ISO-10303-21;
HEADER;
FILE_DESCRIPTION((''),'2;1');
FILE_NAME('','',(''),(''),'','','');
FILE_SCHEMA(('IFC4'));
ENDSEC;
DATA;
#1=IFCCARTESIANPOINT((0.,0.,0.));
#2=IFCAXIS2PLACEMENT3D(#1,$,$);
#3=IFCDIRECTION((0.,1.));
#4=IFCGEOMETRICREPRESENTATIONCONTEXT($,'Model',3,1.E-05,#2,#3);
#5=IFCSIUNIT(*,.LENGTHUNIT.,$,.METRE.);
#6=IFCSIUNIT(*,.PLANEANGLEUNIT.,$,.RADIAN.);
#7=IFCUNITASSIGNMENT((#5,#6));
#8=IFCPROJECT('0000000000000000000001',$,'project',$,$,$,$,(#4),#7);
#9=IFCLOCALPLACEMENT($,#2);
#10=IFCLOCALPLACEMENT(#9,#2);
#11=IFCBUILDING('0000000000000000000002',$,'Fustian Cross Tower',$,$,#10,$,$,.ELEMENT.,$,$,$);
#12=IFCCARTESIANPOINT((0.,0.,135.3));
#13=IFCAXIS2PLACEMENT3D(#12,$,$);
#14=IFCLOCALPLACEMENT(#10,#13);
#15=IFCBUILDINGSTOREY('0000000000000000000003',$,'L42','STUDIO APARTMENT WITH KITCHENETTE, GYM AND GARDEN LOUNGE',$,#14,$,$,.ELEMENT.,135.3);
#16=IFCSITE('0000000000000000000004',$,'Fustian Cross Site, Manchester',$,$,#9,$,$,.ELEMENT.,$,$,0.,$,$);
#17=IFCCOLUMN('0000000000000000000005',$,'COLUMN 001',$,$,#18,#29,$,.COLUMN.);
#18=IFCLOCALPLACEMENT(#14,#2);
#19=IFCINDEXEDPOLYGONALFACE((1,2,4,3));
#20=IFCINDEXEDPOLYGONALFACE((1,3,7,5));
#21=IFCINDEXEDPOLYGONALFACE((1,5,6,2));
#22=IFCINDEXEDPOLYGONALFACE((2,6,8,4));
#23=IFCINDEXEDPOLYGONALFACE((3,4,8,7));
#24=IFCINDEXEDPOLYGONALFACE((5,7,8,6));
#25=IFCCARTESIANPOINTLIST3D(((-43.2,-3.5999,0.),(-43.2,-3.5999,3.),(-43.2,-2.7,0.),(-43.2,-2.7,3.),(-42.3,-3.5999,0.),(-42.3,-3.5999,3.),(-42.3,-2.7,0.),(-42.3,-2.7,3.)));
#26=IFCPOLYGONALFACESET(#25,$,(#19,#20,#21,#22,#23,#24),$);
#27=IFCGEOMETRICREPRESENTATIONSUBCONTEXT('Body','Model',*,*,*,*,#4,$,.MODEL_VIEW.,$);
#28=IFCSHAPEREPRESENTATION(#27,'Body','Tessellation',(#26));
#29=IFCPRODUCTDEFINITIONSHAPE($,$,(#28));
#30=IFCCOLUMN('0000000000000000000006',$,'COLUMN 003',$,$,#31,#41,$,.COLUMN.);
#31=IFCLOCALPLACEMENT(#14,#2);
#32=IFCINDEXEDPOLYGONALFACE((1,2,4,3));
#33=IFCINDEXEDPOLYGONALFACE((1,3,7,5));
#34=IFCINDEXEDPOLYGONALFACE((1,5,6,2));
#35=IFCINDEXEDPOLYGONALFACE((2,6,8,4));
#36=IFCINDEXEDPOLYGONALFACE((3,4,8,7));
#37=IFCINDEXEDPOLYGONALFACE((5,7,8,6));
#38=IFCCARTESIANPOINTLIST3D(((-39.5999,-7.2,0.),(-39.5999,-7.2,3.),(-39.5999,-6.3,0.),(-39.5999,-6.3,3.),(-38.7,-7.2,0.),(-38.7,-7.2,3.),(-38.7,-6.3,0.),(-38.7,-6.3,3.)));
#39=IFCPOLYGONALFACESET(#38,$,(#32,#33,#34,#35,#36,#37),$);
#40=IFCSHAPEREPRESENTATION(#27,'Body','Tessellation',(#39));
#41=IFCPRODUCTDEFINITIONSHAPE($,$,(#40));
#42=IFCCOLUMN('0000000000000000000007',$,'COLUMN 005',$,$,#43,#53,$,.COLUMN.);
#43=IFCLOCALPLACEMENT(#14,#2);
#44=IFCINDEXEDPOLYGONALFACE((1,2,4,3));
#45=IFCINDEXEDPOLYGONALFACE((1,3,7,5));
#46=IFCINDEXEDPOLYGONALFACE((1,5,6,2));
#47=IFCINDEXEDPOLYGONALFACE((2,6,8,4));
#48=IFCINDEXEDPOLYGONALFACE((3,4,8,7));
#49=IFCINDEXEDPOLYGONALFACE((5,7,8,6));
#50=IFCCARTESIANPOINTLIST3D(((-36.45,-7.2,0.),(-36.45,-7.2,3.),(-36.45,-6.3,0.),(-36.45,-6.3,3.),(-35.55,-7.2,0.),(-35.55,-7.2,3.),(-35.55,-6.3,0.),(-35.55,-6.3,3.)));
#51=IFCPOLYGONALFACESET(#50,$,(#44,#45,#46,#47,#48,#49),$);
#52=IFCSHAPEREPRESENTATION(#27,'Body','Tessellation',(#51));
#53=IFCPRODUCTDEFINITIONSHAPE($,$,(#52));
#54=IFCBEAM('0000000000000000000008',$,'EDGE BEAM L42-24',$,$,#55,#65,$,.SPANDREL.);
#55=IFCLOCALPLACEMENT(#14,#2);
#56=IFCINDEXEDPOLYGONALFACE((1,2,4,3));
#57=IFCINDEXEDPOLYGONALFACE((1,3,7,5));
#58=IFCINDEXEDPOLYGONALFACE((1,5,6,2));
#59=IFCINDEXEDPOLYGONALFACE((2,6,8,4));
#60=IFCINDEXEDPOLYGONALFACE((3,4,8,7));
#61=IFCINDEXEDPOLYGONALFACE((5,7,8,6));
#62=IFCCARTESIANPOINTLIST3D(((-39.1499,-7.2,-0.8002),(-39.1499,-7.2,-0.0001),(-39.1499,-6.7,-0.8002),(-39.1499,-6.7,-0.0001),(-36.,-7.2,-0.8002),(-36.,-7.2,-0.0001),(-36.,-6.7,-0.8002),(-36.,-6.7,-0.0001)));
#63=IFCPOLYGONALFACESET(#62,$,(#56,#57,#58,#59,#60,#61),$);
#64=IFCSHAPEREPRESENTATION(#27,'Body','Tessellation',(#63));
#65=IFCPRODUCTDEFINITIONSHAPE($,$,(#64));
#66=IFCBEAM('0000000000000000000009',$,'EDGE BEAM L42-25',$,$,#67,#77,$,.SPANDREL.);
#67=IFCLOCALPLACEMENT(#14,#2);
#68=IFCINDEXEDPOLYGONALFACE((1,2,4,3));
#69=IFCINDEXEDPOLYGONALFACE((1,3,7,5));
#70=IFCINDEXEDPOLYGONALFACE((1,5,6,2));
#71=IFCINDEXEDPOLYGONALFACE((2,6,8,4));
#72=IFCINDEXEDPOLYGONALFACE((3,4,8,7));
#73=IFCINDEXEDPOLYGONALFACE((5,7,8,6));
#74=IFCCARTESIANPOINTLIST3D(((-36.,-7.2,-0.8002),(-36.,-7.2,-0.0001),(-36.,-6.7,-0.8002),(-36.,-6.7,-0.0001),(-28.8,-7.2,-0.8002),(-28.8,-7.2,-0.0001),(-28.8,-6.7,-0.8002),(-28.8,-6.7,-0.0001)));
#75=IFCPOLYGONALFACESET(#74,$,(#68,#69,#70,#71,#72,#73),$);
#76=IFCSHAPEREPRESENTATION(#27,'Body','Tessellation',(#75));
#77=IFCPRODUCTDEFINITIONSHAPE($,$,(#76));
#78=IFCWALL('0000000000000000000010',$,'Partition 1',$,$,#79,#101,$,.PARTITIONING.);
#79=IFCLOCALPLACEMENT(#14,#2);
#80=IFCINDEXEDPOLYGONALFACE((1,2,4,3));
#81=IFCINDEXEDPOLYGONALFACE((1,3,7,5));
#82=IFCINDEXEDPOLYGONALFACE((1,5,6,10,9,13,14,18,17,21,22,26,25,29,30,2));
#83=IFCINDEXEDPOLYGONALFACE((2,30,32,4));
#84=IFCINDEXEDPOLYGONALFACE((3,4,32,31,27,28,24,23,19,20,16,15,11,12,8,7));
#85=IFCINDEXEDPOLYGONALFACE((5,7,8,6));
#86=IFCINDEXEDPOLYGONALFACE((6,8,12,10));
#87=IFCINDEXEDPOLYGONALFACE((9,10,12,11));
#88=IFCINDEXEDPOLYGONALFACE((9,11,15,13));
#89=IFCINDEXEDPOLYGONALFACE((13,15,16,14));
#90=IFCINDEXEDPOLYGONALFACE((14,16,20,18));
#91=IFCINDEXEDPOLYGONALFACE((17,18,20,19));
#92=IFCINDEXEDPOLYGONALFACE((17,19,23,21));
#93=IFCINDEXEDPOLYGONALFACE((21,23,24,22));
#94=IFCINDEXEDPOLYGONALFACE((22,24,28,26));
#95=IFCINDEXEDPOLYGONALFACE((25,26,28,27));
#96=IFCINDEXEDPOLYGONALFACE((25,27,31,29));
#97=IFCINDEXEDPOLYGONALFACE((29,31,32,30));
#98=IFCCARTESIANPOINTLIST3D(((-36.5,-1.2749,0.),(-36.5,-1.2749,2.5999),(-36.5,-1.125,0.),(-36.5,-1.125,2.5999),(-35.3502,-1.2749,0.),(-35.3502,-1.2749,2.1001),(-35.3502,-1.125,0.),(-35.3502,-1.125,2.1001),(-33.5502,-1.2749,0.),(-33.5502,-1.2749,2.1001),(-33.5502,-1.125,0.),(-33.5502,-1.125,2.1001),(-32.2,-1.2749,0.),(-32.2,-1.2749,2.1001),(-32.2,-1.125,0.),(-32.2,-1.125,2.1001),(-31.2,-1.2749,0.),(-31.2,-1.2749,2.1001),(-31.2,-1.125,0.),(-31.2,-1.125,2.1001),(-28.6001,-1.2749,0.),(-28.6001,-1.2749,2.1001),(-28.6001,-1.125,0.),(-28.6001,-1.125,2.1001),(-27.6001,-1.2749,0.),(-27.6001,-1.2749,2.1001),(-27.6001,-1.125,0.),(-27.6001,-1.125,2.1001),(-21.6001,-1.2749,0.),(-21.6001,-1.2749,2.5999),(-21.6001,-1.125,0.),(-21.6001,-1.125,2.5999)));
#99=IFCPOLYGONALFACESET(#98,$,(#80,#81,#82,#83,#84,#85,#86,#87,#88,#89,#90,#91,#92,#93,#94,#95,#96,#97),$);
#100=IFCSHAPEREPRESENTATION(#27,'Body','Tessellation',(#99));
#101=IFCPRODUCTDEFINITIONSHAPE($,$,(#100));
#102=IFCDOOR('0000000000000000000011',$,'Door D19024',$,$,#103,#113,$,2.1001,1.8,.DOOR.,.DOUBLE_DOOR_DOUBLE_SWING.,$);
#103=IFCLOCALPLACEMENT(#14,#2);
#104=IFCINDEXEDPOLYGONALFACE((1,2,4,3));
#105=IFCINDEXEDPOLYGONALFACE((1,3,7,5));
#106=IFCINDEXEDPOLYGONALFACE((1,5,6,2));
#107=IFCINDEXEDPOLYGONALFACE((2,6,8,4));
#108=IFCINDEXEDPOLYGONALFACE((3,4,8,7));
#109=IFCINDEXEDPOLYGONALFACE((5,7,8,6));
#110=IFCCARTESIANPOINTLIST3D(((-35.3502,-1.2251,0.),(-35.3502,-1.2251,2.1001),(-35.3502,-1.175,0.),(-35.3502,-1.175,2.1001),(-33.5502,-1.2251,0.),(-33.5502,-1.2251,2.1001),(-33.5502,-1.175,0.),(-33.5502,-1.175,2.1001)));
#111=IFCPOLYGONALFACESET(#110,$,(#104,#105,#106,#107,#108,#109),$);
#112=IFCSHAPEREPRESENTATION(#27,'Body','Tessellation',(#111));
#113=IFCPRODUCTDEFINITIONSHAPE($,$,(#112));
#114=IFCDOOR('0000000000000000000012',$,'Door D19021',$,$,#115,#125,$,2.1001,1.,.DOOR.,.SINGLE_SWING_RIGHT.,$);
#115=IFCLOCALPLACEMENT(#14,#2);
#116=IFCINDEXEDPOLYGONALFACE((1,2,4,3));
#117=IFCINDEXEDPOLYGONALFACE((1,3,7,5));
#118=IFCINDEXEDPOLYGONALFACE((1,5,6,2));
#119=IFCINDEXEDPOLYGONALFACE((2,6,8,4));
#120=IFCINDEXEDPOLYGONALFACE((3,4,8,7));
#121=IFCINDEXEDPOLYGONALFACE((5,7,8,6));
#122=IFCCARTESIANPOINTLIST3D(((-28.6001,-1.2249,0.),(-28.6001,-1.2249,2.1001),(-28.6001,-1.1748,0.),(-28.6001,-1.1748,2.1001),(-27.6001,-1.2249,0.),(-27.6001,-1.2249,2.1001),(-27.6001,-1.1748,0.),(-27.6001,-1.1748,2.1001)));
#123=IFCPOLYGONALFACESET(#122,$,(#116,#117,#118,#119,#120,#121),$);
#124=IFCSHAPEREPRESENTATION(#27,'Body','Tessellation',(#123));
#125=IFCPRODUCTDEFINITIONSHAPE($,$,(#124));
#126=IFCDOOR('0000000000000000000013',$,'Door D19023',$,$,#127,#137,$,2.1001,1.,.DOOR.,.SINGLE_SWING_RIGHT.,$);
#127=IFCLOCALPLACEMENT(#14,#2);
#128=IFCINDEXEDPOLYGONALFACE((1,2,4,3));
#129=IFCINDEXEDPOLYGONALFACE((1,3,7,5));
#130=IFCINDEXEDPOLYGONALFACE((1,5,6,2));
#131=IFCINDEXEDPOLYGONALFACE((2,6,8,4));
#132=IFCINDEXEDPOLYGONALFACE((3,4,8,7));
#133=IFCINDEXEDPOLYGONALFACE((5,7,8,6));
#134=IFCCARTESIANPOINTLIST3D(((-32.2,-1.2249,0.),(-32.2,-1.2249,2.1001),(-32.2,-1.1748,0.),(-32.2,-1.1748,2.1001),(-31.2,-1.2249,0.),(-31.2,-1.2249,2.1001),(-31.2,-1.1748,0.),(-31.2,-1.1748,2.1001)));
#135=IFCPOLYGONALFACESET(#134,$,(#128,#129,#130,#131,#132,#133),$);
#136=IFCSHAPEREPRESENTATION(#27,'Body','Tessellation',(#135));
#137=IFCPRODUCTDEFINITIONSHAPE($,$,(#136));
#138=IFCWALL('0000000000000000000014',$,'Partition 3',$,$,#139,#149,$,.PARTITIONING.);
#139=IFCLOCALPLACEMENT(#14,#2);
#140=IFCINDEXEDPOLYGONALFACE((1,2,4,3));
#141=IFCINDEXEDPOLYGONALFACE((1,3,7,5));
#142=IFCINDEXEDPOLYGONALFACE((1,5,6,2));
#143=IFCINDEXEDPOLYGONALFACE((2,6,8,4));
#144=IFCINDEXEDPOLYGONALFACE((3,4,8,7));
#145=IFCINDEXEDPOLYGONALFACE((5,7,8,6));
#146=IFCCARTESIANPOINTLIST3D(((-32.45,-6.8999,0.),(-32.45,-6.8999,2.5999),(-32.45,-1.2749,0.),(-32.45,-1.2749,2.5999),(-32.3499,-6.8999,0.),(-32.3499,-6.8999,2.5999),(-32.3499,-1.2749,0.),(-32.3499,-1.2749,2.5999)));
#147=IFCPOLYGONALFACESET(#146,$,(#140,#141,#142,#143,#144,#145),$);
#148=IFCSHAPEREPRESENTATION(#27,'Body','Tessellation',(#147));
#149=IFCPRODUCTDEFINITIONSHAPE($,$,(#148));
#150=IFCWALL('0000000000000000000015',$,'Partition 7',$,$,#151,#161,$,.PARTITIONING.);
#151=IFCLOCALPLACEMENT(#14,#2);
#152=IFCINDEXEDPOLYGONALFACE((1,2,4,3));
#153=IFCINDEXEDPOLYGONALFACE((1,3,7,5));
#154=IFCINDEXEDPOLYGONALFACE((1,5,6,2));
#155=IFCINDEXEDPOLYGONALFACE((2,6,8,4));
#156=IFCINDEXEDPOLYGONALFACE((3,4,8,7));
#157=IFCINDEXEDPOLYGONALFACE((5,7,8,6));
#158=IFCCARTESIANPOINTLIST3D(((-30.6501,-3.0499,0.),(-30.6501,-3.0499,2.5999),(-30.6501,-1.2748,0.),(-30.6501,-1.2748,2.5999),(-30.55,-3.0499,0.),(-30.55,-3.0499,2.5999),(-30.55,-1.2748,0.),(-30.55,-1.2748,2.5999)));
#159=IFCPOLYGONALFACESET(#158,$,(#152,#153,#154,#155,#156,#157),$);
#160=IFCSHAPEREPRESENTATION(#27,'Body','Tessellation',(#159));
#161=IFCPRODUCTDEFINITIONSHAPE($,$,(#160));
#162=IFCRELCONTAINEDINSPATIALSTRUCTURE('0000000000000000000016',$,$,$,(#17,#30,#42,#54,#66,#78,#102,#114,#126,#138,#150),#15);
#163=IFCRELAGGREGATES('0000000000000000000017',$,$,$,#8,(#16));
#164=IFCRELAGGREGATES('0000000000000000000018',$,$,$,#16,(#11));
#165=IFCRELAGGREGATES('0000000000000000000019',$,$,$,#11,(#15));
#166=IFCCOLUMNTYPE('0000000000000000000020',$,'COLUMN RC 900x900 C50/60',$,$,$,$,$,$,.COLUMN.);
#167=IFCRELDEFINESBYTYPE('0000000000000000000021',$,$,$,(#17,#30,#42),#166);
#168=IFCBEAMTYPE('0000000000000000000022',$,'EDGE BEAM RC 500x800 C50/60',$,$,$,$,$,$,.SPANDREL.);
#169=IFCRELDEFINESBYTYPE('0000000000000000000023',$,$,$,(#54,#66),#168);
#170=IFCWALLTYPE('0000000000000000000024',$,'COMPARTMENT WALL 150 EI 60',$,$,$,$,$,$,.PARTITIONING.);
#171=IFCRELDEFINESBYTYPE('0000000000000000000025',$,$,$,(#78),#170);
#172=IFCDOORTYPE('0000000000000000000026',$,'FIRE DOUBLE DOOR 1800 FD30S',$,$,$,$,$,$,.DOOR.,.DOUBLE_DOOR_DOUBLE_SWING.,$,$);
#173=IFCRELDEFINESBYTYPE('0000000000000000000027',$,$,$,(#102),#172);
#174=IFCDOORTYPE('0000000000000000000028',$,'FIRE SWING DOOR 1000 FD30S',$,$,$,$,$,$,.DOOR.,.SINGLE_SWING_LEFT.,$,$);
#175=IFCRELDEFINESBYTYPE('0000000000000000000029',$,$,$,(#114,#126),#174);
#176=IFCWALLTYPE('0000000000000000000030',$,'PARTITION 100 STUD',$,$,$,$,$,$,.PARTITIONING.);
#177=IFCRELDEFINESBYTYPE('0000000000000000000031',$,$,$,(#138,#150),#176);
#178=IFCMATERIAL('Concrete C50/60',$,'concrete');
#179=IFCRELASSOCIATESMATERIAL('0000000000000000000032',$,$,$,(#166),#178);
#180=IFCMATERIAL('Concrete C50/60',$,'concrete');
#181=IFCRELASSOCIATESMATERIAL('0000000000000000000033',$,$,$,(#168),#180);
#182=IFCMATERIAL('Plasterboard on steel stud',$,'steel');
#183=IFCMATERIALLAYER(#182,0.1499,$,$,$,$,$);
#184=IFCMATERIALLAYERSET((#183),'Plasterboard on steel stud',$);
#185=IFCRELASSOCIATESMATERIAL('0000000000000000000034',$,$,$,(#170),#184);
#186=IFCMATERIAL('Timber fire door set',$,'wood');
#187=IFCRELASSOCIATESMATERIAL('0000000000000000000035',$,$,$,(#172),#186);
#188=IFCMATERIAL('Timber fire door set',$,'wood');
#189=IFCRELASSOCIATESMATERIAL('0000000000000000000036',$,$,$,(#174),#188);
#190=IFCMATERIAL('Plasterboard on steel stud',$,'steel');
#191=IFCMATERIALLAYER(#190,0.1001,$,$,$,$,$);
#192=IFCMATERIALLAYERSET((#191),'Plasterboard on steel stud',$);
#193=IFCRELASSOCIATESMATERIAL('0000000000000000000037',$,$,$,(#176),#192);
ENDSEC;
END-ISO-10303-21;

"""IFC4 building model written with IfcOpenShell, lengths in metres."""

from ifc_helpers import new_model, si_unit, direction, frame, frame_2d, origin, origin_2d, place, context, subcontext, project, spatial, rectangle, extrude, material, layer, layer_set, material_profile, profile_set, type_object, element, fill, save


model = new_model("IFC4")

# Units and contexts
model_context = context("Model", 3, precision=1e-05, world=origin(), true_north=direction((0.0, 1.0)))
body_context = subcontext(model_context, "Body", "Model", "MODEL_VIEW")
ifc_project = project(units=[si_unit("LENGTHUNIT", "METRE"), si_unit("PLANEANGLEUNIT", "RADIAN")], contexts=[model_context])

# Site, building, storey
site_placement = place(None, origin())
site = spatial("IfcSite", under=ifc_project, at=site_placement, Name="Fustian Cross Site, Manchester", CompositionType="ELEMENT", RefElevation=0.0)
building_placement = place(site_placement, origin())
building = spatial("IfcBuilding", under=site, at=building_placement, Name="Fustian Cross Tower", CompositionType="ELEMENT")
storey_placement = place(building_placement, frame((0.0, 0.0, 135.3)))
storey = spatial("IfcBuildingStorey", under=building, at=storey_placement, Name="L42", Description="STUDIO APARTMENT WITH KITCHENETTE, GYM AND GARDEN LOUNGE", CompositionType="ELEMENT", Elevation=135.3)

# Columns
ifc_material_1 = material(Name="Concrete C50/60", Category="concrete")
ifc_material_profile_1 = material_profile(ifc_material_1, rectangle(XDim=0.8999, YDim=0.8999, at=origin_2d()), Name="RC 900x900")
ifc_profile_set_1 = profile_set([ifc_material_profile_1], Name="Concrete C50/60")
column_type = type_object("IfcColumnType", Name="COLUMN RC 900x900 C50/60", PredefinedType="COLUMN", material=ifc_profile_set_1)
for number, where, z_axis, x_axis, name in (
    (1, (-42.75, -3.1499, 0.0), (0.0, 0.0, 1.0), (1.0, 0.0, 0.0), "COLUMN 001"),
    (2, (-39.1499, -6.75, 0.0), (0.0, 0.0, 1.0), (1.0, 0.0, 0.0), "COLUMN 003"),
    (3, (-36.0, -6.75, 0.0), (0.0, 0.0, 1.0), (1.0, 0.0, 0.0), "COLUMN 005"),
):
    element("IfcColumn", number, at=place(storey_placement, frame(where, z_axis=z_axis, x_axis=x_axis)), inside=storey, type_object=column_type, Name=name, PredefinedType="COLUMN", context=body_context, shape_type="SweptSolid", body=[
        extrude(rectangle(XDim=0.8999, YDim=0.8999, at=origin_2d()), origin(), (0.0, 0.0, 1.0), 3.0),
    ])

# Beams
ifc_material_2 = material(Name="Concrete C50/60", Category="concrete")
ifc_material_profile_2 = material_profile(ifc_material_2, rectangle(XDim=0.5, YDim=0.8, at=origin_2d()), Name="RC 500x800")
ifc_profile_set_2 = profile_set([ifc_material_profile_2], Name="Concrete C50/60")
beam_type = type_object("IfcBeamType", Name="EDGE BEAM RC 500x800 C50/60", PredefinedType="SPANDREL", material=ifc_profile_set_2)
beam_1_placement = place(storey_placement, frame((-39.1499, -6.95, -0.4001), z_axis=(1.0, 0.0, 0.0), x_axis=(0.0, 1.0, 0.0)))
element("IfcBeam", 4, at=beam_1_placement, inside=storey, type_object=beam_type, Name="EDGE BEAM L42-24", PredefinedType="SPANDREL", context=body_context, shape_type="SweptSolid", body=[
    extrude(rectangle(XDim=0.5, YDim=0.8, at=origin_2d()), origin(), (0.0, 0.0, 1.0), 3.1499),
])
beam_2_placement = place(storey_placement, frame((-36.0, -6.95, -0.4001), z_axis=(1.0, 0.0, 0.0), x_axis=(0.0, 1.0, 0.0)))
element("IfcBeam", 5, at=beam_2_placement, inside=storey, type_object=beam_type, Name="EDGE BEAM L42-25", PredefinedType="SPANDREL", context=body_context, shape_type="SweptSolid", body=[
    extrude(rectangle(XDim=0.5, YDim=0.8, at=origin_2d()), origin(), (0.0, 0.0, 1.0), 7.2),
])

# Wall, openings, doors
ifc_material_3 = material(Name="Plasterboard on steel stud", Category="steel")
ifc_layer_1 = layer(ifc_material_3, 0.1499)
ifc_layer_set_1 = layer_set([ifc_layer_1], Name="Plasterboard on steel stud")
wall_type_1 = type_object("IfcWallType", Name="COMPARTMENT WALL 150 EI 60", PredefinedType="PARTITIONING", material=ifc_layer_set_1)
wall_1_placement = place(storey_placement, frame((-36.5, -1.2, 0.0), z_axis=(0.0, 0.0, 1.0), x_axis=(1.0, 0.0, 0.0)))
wall_1 = element("IfcWall", 6, at=wall_1_placement, inside=storey, type_object=wall_type_1, Name="Partition 1", PredefinedType="PARTITIONING", context=body_context, shape_type="SweptSolid", body=[
    extrude(rectangle(XDim=14.8999, YDim=0.1499, at=frame_2d((7.45, 0.0))), origin(), (0.0, 0.0, 1.0), 2.5999),
])
opening_1_placement = place(wall_1_placement, frame((7.8999, 0.0, 0.0)))
opening_1 = element("IfcOpeningElement", 7, at=opening_1_placement, cuts=wall_1, PredefinedType="OPENING", context=body_context, shape_type="SweptSolid", body=[
    extrude(rectangle(XDim=1.0, YDim=2.1001, at=frame_2d((0.5, 1.05))), frame((0.0, 0.085, 0.0), z_axis=(0.0, -1.0, 0.0), x_axis=(1.0, 0.0, 0.0)), (0.0, 0.0, 1.0), 0.1699),
])
opening_2_placement = place(wall_1_placement, frame((4.3, 0.0, 0.0)))
opening_2 = element("IfcOpeningElement", 8, at=opening_2_placement, cuts=wall_1, PredefinedType="OPENING", context=body_context, shape_type="SweptSolid", body=[
    extrude(rectangle(XDim=1.0, YDim=2.1001, at=frame_2d((0.5, 1.05))), frame((0.0, 0.085, 0.0), z_axis=(0.0, -1.0, 0.0), x_axis=(1.0, 0.0, 0.0)), (0.0, 0.0, 1.0), 0.1699),
])
opening_3_placement = place(wall_1_placement, frame((1.1499, 0.0, 0.0)))
opening_3 = element("IfcOpeningElement", 9, at=opening_3_placement, cuts=wall_1, PredefinedType="OPENING", context=body_context, shape_type="SweptSolid", body=[
    extrude(rectangle(XDim=1.8, YDim=2.1001, at=frame_2d((0.8999, 1.05))), frame((0.0, 0.085, 0.0), z_axis=(0.0, -1.0, 0.0), x_axis=(1.0, 0.0, 0.0)), (0.0, 0.0, 1.0), 0.1699),
])
ifc_material_4 = material(Name="Timber fire door set", Category="wood")
door_type_1 = type_object("IfcDoorType", Name="FIRE DOUBLE DOOR 1800 FD30S", OperationType="DOUBLE_DOOR_DOUBLE_SWING", PredefinedType="DOOR", material=ifc_material_4)
door_1_placement = place(opening_3_placement, origin())
door_1 = element("IfcDoor", 10, at=door_1_placement, inside=storey, type_object=door_type_1, Name="Door D19024", OperationType="DOUBLE_DOOR_DOUBLE_SWING", OverallHeight=2.1001, OverallWidth=1.8, PredefinedType="DOOR", context=body_context, shape_type="SweptSolid", body=[
    extrude(rectangle(XDim=1.8, YDim=2.1001, at=frame_2d((0.8999, 1.05))), frame((0.0, 0.0249, 0.0), z_axis=(0.0, -1.0, 0.0), x_axis=(1.0, 0.0, 0.0)), (0.0, 0.0, 1.0), 0.05),
])
fill(opening_3, door_1)
ifc_material_5 = material(Name="Timber fire door set", Category="wood")
door_type_2 = type_object("IfcDoorType", Name="FIRE SWING DOOR 1000 FD30S", OperationType="SINGLE_SWING_LEFT", PredefinedType="DOOR", material=ifc_material_5)
door_2_placement = place(opening_1_placement, frame((1.0, 0.0, 0.0), z_axis=(0.0, 0.0, 1.0), x_axis=(-1.0, 0.0, 0.0)))
door_2 = element("IfcDoor", 11, at=door_2_placement, inside=storey, type_object=door_type_2, Name="Door D19021", OperationType="SINGLE_SWING_RIGHT", OverallHeight=2.1001, OverallWidth=1.0, PredefinedType="DOOR", context=body_context, shape_type="SweptSolid", body=[
    extrude(rectangle(XDim=1.0, YDim=2.1001, at=frame_2d((0.5, 1.05))), frame((0.0, 0.0249, 0.0), z_axis=(0.0, -1.0, 0.0), x_axis=(1.0, 0.0, 0.0)), (0.0, 0.0, 1.0), 0.05),
])
fill(opening_1, door_2)
door_3_placement = place(opening_2_placement, frame((1.0, 0.0, 0.0), z_axis=(0.0, 0.0, 1.0), x_axis=(-1.0, 0.0, 0.0)))
door_3 = element("IfcDoor", 12, at=door_3_placement, inside=storey, type_object=door_type_2, Name="Door D19023", OperationType="SINGLE_SWING_RIGHT", OverallHeight=2.1001, OverallWidth=1.0, PredefinedType="DOOR", context=body_context, shape_type="SweptSolid", body=[
    extrude(rectangle(XDim=1.0, YDim=2.1001, at=frame_2d((0.5, 1.05))), frame((0.0, 0.0249, 0.0), z_axis=(0.0, -1.0, 0.0), x_axis=(1.0, 0.0, 0.0)), (0.0, 0.0, 1.0), 0.05),
])
fill(opening_2, door_3)

# Walls
ifc_material_6 = material(Name="Plasterboard on steel stud", Category="steel")
ifc_layer_2 = layer(ifc_material_6, 0.1001)
ifc_layer_set_2 = layer_set([ifc_layer_2], Name="Plasterboard on steel stud")
wall_type_2 = type_object("IfcWallType", Name="PARTITION 100 STUD", PredefinedType="PARTITIONING", material=ifc_layer_set_2)
wall_2_placement = place(storey_placement, frame((-32.3999, -6.8999, 0.0), z_axis=(0.0, 0.0, 1.0), x_axis=(0.0, 1.0, 0.0)))
element("IfcWall", 13, at=wall_2_placement, inside=storey, type_object=wall_type_2, Name="Partition 3", PredefinedType="PARTITIONING", context=body_context, shape_type="SweptSolid", body=[
    extrude(rectangle(XDim=5.625, YDim=0.1001, at=frame_2d((2.8125, 0.0))), origin(), (0.0, 0.0, 1.0), 2.5999),
])
wall_3_placement = place(storey_placement, frame((-30.6001, -3.05, 0.0), z_axis=(0.0, 0.0, 1.0), x_axis=(0.0, 1.0, 0.0)))
element("IfcWall", 14, at=wall_3_placement, inside=storey, type_object=wall_type_2, Name="Partition 7", PredefinedType="PARTITIONING", context=body_context, shape_type="SweptSolid", body=[
    extrude(rectangle(XDim=1.7751, YDim=0.1001, at=frame_2d((0.8877, 0.0))), origin(), (0.0, 0.0, 1.0), 2.5999),
])

save(model, "model.ifc")
